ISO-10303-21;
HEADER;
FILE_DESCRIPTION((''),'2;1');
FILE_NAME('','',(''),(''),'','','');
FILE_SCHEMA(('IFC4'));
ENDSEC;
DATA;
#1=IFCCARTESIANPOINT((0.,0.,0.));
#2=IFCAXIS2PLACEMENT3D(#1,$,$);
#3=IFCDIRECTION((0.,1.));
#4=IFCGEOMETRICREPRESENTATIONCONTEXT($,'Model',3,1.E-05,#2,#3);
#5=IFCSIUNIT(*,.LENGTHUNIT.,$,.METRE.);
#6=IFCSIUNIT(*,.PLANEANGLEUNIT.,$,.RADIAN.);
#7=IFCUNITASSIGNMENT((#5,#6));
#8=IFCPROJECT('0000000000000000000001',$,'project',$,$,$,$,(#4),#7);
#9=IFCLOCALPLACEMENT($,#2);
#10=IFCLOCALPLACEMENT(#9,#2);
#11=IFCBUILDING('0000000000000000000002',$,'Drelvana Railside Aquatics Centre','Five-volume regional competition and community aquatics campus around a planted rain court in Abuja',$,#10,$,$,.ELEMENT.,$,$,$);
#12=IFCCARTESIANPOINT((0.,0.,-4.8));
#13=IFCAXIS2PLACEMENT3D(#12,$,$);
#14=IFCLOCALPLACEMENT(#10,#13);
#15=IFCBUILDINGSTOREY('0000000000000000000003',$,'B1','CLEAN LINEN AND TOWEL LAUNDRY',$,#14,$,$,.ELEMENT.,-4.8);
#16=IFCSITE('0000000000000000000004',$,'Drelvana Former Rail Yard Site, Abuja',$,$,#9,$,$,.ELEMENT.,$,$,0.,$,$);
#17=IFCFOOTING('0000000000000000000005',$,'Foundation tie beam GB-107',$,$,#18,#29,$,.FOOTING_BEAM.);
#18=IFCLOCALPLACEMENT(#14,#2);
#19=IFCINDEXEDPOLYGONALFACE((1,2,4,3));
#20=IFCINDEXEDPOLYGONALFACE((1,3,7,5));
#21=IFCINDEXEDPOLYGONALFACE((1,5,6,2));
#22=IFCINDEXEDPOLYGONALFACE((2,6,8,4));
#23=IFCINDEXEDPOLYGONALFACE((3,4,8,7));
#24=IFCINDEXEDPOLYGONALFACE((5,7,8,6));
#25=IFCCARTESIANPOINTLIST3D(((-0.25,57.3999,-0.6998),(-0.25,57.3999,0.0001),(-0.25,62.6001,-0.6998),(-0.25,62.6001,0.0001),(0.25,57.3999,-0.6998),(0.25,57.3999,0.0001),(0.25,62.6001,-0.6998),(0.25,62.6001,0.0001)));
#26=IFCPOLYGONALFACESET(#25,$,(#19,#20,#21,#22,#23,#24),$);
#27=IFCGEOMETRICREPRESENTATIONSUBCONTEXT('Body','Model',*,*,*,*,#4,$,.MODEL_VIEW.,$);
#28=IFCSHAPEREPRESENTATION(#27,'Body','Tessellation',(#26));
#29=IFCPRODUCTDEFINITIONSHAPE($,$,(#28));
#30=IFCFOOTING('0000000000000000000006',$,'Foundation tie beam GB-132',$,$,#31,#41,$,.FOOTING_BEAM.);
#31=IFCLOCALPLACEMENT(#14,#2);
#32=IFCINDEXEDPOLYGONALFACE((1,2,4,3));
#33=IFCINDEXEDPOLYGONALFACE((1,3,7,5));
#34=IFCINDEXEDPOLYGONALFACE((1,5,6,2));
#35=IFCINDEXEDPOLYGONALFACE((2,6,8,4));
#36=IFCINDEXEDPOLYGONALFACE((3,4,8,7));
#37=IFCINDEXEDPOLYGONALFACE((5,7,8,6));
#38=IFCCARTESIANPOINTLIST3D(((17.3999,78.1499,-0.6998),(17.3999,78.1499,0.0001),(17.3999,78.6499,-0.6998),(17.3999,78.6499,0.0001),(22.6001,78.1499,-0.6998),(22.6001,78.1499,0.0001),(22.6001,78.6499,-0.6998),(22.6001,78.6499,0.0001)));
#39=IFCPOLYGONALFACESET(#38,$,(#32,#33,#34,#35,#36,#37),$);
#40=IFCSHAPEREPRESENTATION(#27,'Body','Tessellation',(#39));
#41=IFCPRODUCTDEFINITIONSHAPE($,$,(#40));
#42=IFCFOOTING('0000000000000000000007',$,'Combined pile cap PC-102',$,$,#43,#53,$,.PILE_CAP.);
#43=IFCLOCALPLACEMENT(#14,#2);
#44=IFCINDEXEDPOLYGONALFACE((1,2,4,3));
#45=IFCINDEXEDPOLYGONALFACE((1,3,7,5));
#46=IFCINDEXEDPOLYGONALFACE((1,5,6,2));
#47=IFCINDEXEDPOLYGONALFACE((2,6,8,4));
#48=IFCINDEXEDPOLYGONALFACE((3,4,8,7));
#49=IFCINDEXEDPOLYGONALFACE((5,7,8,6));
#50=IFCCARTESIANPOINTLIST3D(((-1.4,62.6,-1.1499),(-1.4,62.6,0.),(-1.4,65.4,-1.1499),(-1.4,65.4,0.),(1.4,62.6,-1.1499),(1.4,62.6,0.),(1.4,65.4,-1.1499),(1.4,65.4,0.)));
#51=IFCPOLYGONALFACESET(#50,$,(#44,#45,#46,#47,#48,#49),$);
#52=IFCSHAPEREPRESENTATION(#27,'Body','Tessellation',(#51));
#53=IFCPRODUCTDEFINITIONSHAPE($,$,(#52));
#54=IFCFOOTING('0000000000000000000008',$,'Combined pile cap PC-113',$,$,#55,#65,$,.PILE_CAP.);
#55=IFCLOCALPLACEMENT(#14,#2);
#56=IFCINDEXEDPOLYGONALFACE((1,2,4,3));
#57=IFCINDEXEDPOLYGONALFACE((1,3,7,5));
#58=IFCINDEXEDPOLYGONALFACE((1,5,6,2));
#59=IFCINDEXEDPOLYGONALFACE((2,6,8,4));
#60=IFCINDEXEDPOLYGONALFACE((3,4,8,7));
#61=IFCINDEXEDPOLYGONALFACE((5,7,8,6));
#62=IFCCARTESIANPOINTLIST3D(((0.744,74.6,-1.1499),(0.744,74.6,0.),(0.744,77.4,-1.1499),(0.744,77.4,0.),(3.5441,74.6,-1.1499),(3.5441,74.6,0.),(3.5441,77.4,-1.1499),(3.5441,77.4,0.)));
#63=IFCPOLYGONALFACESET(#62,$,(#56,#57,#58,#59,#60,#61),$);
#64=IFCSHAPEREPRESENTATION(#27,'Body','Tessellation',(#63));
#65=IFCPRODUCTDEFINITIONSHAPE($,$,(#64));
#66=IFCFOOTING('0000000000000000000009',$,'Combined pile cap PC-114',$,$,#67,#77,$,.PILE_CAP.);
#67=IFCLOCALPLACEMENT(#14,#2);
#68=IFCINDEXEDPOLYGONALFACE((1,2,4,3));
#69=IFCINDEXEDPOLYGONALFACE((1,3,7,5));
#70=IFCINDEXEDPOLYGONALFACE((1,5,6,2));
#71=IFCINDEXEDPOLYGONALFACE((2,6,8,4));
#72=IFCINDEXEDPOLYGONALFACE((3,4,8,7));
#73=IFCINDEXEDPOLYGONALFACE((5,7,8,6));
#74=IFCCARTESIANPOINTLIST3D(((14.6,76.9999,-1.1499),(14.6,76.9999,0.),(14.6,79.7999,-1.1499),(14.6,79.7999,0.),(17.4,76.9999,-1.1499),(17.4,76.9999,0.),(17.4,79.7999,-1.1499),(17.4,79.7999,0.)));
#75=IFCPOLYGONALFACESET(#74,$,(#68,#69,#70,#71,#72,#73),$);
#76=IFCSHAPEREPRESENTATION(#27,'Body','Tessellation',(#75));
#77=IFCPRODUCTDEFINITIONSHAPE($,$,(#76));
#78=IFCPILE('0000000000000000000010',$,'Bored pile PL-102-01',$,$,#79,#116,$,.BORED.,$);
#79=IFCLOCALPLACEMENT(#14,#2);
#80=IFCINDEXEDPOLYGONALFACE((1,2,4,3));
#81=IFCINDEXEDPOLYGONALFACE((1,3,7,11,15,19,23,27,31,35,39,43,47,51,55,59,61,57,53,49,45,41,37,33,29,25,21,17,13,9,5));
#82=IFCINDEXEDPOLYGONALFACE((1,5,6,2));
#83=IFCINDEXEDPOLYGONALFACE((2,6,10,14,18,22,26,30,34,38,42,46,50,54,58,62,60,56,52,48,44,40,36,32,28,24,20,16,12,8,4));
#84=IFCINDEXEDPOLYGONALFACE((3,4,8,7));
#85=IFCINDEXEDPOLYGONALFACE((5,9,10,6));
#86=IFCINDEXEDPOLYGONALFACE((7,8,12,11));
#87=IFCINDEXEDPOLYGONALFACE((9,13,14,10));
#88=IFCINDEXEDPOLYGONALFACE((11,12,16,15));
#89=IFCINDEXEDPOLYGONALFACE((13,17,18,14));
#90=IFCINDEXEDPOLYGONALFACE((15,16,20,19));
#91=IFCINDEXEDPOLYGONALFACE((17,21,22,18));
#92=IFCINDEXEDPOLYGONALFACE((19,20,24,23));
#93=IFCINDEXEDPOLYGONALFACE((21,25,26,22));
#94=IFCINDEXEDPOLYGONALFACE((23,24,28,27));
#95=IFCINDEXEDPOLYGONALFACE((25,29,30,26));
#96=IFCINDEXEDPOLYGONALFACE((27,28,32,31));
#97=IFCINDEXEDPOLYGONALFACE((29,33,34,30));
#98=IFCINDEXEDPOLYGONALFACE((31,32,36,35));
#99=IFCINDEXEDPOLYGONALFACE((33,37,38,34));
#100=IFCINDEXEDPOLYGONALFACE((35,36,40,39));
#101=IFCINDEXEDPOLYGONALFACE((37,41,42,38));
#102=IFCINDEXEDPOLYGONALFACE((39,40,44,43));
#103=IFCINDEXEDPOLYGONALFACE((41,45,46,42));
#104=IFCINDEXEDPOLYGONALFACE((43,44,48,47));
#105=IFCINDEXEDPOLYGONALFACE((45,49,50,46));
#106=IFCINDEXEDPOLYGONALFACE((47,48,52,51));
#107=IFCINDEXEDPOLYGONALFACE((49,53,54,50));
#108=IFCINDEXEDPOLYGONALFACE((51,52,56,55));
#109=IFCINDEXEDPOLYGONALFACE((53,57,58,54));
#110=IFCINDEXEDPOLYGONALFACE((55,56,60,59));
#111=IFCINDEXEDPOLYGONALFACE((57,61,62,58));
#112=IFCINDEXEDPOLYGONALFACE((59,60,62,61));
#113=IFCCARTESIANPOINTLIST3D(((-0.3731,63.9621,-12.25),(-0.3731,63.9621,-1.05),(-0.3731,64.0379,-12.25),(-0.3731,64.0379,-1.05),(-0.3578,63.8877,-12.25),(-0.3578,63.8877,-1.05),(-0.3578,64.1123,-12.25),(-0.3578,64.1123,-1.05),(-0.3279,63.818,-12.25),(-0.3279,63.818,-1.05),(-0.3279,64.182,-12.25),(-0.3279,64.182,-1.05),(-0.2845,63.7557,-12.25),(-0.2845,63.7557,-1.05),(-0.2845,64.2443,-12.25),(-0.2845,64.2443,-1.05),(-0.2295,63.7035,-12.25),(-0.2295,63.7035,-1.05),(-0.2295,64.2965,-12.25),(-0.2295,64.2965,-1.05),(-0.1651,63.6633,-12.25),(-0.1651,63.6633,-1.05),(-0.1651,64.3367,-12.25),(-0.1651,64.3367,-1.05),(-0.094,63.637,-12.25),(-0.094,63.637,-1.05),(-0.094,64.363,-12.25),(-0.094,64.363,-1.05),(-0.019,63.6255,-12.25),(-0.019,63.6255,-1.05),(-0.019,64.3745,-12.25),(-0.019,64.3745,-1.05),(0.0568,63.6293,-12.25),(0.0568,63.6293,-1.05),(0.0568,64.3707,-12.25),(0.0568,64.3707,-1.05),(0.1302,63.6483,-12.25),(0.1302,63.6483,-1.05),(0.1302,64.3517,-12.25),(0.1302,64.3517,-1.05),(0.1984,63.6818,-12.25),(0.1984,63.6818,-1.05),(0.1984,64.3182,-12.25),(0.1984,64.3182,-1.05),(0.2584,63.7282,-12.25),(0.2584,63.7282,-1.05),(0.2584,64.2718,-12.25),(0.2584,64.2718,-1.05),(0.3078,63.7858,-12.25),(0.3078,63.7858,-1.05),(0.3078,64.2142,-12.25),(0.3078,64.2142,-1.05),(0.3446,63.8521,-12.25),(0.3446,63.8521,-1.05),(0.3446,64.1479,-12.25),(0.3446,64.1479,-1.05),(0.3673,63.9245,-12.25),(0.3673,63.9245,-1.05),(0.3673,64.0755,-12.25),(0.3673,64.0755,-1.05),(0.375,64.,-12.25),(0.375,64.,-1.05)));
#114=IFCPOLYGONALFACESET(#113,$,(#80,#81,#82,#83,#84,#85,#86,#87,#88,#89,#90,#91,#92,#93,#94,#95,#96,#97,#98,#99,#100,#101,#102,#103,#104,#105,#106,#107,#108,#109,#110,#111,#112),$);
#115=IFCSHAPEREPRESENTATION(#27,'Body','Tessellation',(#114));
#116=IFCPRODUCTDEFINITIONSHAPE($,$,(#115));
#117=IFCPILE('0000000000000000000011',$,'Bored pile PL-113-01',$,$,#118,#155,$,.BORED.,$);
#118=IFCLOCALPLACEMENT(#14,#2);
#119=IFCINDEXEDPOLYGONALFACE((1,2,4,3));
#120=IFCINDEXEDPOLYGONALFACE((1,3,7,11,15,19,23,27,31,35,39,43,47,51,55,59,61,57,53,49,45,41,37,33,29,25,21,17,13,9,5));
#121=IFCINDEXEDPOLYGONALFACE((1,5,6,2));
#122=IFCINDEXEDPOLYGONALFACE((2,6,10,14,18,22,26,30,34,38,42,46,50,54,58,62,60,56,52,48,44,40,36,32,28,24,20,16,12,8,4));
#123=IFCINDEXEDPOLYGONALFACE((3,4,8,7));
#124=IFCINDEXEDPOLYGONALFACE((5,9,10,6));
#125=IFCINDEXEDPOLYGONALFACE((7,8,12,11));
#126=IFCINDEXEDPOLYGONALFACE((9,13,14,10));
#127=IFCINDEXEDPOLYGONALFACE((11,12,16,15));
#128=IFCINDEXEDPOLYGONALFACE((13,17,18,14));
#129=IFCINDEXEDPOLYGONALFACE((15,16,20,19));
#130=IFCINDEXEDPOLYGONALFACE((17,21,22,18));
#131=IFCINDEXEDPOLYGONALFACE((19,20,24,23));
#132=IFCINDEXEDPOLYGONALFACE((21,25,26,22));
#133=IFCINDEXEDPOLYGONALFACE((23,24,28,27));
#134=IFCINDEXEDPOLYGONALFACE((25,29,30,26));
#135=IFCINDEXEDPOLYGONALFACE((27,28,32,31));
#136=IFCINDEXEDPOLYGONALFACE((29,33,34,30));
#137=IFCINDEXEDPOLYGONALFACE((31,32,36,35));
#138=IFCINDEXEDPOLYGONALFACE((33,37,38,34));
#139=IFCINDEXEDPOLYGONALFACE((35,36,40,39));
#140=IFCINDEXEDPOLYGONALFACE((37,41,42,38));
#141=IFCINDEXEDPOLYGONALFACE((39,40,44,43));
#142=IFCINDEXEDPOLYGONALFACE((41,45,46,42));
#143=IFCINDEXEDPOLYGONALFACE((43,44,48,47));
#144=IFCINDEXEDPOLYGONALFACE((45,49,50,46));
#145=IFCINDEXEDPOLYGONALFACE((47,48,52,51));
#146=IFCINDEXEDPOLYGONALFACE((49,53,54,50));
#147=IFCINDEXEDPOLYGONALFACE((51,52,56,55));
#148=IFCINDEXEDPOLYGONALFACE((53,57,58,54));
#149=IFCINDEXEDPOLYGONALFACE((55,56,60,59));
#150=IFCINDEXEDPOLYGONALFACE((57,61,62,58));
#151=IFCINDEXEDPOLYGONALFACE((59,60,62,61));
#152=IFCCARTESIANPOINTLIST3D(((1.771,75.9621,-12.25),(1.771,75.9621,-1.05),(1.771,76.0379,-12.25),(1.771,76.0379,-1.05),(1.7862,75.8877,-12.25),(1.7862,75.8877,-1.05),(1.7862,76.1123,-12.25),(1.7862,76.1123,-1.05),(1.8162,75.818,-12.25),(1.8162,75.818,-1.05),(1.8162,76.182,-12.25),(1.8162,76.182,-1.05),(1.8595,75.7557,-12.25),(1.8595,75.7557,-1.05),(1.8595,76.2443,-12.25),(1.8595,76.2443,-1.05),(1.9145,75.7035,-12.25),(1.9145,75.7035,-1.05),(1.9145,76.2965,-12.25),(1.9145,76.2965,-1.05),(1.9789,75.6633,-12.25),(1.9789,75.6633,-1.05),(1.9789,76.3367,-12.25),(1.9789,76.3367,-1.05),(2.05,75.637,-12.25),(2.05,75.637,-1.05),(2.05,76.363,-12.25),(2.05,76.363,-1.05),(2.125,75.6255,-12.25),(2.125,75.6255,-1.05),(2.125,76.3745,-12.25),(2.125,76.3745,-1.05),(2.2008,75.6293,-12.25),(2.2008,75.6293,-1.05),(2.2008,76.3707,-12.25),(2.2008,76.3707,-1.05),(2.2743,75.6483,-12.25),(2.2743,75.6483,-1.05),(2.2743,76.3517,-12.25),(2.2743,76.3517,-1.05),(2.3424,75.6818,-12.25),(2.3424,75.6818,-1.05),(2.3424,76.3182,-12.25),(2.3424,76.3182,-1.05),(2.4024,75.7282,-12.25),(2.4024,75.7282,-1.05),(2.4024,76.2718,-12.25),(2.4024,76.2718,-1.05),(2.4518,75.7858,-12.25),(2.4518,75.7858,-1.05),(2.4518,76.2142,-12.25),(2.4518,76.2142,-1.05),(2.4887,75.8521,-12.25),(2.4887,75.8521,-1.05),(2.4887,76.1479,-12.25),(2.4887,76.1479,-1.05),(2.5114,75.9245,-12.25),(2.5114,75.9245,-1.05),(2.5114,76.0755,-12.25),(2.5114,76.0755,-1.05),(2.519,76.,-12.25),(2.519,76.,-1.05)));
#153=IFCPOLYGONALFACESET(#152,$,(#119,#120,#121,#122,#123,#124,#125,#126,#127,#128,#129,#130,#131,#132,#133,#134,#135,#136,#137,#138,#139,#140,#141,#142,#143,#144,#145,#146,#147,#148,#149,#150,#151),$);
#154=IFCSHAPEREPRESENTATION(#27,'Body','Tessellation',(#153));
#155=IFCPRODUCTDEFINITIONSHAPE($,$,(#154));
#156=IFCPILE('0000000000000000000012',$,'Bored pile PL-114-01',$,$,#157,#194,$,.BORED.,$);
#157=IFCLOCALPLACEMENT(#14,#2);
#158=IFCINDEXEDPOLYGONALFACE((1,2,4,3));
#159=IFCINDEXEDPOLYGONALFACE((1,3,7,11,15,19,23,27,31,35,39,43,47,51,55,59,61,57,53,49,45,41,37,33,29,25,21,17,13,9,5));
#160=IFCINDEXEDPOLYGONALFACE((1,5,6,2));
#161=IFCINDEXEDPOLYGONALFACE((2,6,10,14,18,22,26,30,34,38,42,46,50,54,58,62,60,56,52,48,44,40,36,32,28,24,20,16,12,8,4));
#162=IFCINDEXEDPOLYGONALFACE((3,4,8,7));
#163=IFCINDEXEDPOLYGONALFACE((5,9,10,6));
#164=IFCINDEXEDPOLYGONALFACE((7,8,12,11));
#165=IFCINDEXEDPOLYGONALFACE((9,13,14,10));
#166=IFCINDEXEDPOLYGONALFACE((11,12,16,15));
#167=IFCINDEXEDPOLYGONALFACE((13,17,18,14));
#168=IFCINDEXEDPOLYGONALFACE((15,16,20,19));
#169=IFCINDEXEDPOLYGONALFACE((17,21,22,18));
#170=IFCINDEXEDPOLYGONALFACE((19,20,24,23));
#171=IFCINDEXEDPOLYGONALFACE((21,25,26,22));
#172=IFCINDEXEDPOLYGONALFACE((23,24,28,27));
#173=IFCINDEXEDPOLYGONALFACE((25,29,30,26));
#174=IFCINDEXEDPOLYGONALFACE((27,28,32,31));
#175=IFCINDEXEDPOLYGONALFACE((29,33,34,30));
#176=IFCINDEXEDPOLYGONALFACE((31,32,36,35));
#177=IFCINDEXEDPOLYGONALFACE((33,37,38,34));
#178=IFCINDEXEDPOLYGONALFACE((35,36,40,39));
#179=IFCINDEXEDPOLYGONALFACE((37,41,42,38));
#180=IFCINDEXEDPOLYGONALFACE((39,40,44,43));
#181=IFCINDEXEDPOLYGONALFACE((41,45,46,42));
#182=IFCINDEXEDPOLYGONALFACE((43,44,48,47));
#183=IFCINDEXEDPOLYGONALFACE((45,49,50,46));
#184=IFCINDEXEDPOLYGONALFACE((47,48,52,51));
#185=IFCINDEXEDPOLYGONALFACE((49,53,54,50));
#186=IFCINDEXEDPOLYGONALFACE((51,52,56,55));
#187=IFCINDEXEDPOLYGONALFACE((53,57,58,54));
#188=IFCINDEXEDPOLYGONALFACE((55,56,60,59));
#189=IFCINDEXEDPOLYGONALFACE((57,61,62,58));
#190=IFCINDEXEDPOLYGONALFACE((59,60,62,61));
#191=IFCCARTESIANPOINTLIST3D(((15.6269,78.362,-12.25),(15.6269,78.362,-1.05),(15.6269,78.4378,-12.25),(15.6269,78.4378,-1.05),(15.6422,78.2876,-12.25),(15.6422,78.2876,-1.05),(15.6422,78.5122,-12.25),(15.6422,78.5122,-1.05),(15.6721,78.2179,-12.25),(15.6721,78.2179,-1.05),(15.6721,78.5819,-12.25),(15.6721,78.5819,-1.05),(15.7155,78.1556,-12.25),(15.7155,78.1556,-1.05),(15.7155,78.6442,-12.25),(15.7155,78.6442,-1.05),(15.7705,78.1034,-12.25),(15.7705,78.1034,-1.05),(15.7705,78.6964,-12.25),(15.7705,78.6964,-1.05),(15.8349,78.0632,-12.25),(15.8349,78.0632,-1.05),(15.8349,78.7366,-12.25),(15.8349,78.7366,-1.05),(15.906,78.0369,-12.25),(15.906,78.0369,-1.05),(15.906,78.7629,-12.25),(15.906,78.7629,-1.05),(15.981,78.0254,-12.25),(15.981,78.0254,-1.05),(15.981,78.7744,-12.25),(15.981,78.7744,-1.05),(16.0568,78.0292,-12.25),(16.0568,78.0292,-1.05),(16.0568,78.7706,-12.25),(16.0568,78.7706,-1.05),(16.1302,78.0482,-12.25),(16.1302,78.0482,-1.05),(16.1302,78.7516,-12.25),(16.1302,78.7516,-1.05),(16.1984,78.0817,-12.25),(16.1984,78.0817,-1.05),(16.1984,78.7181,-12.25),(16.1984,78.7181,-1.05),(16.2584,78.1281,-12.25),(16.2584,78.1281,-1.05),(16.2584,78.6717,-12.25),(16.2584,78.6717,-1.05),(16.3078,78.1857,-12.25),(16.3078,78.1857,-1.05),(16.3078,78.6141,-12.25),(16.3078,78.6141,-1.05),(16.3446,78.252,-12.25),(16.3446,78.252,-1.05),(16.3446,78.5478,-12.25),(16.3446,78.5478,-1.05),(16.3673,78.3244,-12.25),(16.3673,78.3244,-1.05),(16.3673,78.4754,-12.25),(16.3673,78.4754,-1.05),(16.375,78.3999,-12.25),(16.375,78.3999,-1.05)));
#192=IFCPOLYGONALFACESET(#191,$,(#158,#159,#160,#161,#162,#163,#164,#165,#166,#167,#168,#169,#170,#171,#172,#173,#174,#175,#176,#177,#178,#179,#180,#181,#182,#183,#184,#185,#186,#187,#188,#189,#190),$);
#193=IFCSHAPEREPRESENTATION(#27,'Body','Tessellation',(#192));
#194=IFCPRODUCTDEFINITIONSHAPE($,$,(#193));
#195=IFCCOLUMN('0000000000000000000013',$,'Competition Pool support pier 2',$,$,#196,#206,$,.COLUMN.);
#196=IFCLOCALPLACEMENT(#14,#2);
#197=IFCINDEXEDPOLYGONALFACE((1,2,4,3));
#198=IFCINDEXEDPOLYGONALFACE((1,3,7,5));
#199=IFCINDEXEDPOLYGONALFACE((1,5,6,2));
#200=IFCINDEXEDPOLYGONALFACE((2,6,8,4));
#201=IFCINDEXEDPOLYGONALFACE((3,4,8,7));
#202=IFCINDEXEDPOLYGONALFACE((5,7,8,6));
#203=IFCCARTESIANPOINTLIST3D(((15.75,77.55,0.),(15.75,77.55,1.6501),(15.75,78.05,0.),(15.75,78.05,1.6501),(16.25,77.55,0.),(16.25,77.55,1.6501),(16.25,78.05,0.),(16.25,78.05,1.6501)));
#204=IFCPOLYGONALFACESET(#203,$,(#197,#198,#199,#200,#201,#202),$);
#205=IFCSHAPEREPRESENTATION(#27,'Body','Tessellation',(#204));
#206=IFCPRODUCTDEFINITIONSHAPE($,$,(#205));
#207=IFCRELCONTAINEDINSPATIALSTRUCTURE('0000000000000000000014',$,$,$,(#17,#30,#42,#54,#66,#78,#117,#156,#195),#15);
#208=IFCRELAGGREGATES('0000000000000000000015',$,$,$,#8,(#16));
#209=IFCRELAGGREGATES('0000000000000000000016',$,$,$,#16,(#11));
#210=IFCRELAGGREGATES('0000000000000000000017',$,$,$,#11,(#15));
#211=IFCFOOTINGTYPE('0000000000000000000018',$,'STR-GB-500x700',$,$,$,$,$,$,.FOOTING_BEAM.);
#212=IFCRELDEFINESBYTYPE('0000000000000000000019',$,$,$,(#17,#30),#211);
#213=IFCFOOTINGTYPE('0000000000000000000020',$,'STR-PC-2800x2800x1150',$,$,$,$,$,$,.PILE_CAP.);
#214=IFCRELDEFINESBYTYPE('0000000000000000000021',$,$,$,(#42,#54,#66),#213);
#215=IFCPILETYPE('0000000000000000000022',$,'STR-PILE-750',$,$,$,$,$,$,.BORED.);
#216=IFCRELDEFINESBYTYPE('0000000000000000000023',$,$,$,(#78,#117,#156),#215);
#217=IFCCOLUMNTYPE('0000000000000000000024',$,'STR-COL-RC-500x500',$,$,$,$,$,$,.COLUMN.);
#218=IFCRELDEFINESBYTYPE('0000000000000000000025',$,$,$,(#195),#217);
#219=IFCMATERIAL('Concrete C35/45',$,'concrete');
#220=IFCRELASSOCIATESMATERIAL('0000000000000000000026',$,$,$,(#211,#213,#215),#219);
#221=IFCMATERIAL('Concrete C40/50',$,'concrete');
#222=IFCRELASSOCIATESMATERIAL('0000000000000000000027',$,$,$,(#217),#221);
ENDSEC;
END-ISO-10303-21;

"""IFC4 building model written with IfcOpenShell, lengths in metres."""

from ifc_helpers import new_model, si_unit, direction, frame, origin, origin_2d, place, context, subcontext, project, spatial, rectangle, circle, extrude, material, material_profile, profile_set, type_object, element, save


model = new_model("IFC4")

# Units and contexts
model_context = context("Model", 3, precision=1e-05, world=origin(), true_north=direction((0.0, 1.0)))
body_context = subcontext(model_context, "Body", "Model", "MODEL_VIEW")
ifc_project = project(units=[si_unit("LENGTHUNIT", "METRE"), si_unit("PLANEANGLEUNIT", "RADIAN")], contexts=[model_context])

# Site, building, storey
site_placement = place(None, origin())
site = spatial("IfcSite", under=ifc_project, at=site_placement, Name="Drelvana Former Rail Yard Site, Abuja", CompositionType="ELEMENT", RefElevation=0.0)
building_placement = place(site_placement, origin())
building = spatial("IfcBuilding", under=site, at=building_placement, Name="Drelvana Railside Aquatics Centre", Description="Five-volume regional competition and community aquatics campus around a planted rain court in Abuja", CompositionType="ELEMENT")
storey_placement = place(building_placement, frame((0.0, 0.0, -4.8)))
storey = spatial("IfcBuildingStorey", under=building, at=storey_placement, Name="B1", Description="CLEAN LINEN AND TOWEL LAUNDRY", CompositionType="ELEMENT", Elevation=-4.8)

# Footings
ifc_material_1 = material(Name="Concrete C35/45", Category="concrete")
ifc_material_profile_1 = material_profile(ifc_material_1, rectangle(XDim=0.5, YDim=0.7, at=origin_2d()), Name="GB 500x700")
ifc_profile_set_1 = profile_set([ifc_material_profile_1], Name="Concrete C35/45")
footing_type_1 = type_object("IfcFootingType", Name="STR-GB-500x700", PredefinedType="FOOTING_BEAM", material=ifc_profile_set_1)
for number, where, z_axis, x_axis, name in (
    (1, (0.0, 57.3999, -0.3499), (0.0, 1.0, 0.0), (-1.0, 0.0, 0.0), "Foundation tie beam GB-107"),
    (2, (17.3999, 78.3999, -0.3499), (1.0, 0.0, 0.0), (0.0, 1.0, 0.0), "Foundation tie beam GB-132"),
):
    element("IfcFooting", number, at=place(storey_placement, frame(where, z_axis=z_axis, x_axis=x_axis)), inside=storey, type_object=footing_type_1, Name=name, PredefinedType="FOOTING_BEAM", context=body_context, shape_type="SweptSolid", body=[
        extrude(rectangle(XDim=0.5, YDim=0.7, at=origin_2d()), origin(), (0.0, 0.0, 1.0), 5.2002),
    ])
footing_type_2 = type_object("IfcFootingType", Name="STR-PC-2800x2800x1150", PredefinedType="PILE_CAP", material=ifc_material_1)
for number, where, z_axis, x_axis, name in (
    (3, (0.0, 64.0, -1.1499), (0.0, 0.0, 1.0), (1.0, 0.0, 0.0), "Combined pile cap PC-102"),
    (4, (2.144, 76.0, -1.1499), (0.0, 0.0, 1.0), (1.0, 0.0, 0.0), "Combined pile cap PC-113"),
    (5, (16.0, 78.3999, -1.1499), (0.0, 0.0, 1.0), (1.0, 0.0, 0.0), "Combined pile cap PC-114"),
):
    element("IfcFooting", number, at=place(storey_placement, frame(where, z_axis=z_axis, x_axis=x_axis)), inside=storey, type_object=footing_type_2, Name=name, PredefinedType="PILE_CAP", context=body_context, shape_type="SweptSolid", body=[
        extrude(rectangle(XDim=2.8, YDim=2.8, at=origin_2d()), origin(), (0.0, 0.0, 1.0), 1.1499),
    ])

# Piles
ifc_material_profile_2 = material_profile(ifc_material_1, circle(Radius=0.375, at=origin_2d()), Name="PILE D750")
ifc_profile_set_2 = profile_set([ifc_material_profile_2], Name="Concrete C35/45")
pile_type = type_object("IfcPileType", Name="STR-PILE-750", PredefinedType="BORED", material=ifc_profile_set_2)
for number, where, z_axis, x_axis, name in (
    (6, (0.0, 64.0, -1.05), (0.0, 0.0, -1.0), (1.0, 0.0, 0.0), "Bored pile PL-102-01"),
    (7, (2.144, 76.0, -1.05), (0.0, 0.0, -1.0), (1.0, 0.0, 0.0), "Bored pile PL-113-01"),
    (8, (16.0, 78.3999, -1.05), (0.0, 0.0, -1.0), (1.0, 0.0, 0.0), "Bored pile PL-114-01"),
):
    element("IfcPile", number, at=place(storey_placement, frame(where, z_axis=z_axis, x_axis=x_axis)), inside=storey, type_object=pile_type, Name=name, PredefinedType="BORED", context=body_context, shape_type="SweptSolid", body=[
        extrude(circle(Radius=0.375, at=origin_2d()), origin(), (0.0, 0.0, 1.0), 11.2),
    ])

# Column
ifc_material_2 = material(Name="Concrete C40/50", Category="concrete")
ifc_material_profile_3 = material_profile(ifc_material_2, rectangle(XDim=0.5, YDim=0.5, at=origin_2d()), Name="RC 500x500")
ifc_profile_set_3 = profile_set([ifc_material_profile_3], Name="Concrete C40/50")
column_type_1 = type_object("IfcColumnType", Name="STR-COL-RC-500x500", PredefinedType="COLUMN", material=ifc_profile_set_3)
column_1_placement = place(storey_placement, frame((16.0, 77.8, 0.0), z_axis=(0.0, 0.0, 1.0), x_axis=(1.0, 0.0, 0.0)))
element("IfcColumn", 9, at=column_1_placement, inside=storey, type_object=column_type_1, Name="Competition Pool support pier 2", PredefinedType="COLUMN", context=body_context, shape_type="SweptSolid", body=[
    extrude(rectangle(XDim=0.5, YDim=0.5, at=origin_2d()), origin(), (0.0, 0.0, 1.0), 1.6501),
])

save(model, "model.ifc")
